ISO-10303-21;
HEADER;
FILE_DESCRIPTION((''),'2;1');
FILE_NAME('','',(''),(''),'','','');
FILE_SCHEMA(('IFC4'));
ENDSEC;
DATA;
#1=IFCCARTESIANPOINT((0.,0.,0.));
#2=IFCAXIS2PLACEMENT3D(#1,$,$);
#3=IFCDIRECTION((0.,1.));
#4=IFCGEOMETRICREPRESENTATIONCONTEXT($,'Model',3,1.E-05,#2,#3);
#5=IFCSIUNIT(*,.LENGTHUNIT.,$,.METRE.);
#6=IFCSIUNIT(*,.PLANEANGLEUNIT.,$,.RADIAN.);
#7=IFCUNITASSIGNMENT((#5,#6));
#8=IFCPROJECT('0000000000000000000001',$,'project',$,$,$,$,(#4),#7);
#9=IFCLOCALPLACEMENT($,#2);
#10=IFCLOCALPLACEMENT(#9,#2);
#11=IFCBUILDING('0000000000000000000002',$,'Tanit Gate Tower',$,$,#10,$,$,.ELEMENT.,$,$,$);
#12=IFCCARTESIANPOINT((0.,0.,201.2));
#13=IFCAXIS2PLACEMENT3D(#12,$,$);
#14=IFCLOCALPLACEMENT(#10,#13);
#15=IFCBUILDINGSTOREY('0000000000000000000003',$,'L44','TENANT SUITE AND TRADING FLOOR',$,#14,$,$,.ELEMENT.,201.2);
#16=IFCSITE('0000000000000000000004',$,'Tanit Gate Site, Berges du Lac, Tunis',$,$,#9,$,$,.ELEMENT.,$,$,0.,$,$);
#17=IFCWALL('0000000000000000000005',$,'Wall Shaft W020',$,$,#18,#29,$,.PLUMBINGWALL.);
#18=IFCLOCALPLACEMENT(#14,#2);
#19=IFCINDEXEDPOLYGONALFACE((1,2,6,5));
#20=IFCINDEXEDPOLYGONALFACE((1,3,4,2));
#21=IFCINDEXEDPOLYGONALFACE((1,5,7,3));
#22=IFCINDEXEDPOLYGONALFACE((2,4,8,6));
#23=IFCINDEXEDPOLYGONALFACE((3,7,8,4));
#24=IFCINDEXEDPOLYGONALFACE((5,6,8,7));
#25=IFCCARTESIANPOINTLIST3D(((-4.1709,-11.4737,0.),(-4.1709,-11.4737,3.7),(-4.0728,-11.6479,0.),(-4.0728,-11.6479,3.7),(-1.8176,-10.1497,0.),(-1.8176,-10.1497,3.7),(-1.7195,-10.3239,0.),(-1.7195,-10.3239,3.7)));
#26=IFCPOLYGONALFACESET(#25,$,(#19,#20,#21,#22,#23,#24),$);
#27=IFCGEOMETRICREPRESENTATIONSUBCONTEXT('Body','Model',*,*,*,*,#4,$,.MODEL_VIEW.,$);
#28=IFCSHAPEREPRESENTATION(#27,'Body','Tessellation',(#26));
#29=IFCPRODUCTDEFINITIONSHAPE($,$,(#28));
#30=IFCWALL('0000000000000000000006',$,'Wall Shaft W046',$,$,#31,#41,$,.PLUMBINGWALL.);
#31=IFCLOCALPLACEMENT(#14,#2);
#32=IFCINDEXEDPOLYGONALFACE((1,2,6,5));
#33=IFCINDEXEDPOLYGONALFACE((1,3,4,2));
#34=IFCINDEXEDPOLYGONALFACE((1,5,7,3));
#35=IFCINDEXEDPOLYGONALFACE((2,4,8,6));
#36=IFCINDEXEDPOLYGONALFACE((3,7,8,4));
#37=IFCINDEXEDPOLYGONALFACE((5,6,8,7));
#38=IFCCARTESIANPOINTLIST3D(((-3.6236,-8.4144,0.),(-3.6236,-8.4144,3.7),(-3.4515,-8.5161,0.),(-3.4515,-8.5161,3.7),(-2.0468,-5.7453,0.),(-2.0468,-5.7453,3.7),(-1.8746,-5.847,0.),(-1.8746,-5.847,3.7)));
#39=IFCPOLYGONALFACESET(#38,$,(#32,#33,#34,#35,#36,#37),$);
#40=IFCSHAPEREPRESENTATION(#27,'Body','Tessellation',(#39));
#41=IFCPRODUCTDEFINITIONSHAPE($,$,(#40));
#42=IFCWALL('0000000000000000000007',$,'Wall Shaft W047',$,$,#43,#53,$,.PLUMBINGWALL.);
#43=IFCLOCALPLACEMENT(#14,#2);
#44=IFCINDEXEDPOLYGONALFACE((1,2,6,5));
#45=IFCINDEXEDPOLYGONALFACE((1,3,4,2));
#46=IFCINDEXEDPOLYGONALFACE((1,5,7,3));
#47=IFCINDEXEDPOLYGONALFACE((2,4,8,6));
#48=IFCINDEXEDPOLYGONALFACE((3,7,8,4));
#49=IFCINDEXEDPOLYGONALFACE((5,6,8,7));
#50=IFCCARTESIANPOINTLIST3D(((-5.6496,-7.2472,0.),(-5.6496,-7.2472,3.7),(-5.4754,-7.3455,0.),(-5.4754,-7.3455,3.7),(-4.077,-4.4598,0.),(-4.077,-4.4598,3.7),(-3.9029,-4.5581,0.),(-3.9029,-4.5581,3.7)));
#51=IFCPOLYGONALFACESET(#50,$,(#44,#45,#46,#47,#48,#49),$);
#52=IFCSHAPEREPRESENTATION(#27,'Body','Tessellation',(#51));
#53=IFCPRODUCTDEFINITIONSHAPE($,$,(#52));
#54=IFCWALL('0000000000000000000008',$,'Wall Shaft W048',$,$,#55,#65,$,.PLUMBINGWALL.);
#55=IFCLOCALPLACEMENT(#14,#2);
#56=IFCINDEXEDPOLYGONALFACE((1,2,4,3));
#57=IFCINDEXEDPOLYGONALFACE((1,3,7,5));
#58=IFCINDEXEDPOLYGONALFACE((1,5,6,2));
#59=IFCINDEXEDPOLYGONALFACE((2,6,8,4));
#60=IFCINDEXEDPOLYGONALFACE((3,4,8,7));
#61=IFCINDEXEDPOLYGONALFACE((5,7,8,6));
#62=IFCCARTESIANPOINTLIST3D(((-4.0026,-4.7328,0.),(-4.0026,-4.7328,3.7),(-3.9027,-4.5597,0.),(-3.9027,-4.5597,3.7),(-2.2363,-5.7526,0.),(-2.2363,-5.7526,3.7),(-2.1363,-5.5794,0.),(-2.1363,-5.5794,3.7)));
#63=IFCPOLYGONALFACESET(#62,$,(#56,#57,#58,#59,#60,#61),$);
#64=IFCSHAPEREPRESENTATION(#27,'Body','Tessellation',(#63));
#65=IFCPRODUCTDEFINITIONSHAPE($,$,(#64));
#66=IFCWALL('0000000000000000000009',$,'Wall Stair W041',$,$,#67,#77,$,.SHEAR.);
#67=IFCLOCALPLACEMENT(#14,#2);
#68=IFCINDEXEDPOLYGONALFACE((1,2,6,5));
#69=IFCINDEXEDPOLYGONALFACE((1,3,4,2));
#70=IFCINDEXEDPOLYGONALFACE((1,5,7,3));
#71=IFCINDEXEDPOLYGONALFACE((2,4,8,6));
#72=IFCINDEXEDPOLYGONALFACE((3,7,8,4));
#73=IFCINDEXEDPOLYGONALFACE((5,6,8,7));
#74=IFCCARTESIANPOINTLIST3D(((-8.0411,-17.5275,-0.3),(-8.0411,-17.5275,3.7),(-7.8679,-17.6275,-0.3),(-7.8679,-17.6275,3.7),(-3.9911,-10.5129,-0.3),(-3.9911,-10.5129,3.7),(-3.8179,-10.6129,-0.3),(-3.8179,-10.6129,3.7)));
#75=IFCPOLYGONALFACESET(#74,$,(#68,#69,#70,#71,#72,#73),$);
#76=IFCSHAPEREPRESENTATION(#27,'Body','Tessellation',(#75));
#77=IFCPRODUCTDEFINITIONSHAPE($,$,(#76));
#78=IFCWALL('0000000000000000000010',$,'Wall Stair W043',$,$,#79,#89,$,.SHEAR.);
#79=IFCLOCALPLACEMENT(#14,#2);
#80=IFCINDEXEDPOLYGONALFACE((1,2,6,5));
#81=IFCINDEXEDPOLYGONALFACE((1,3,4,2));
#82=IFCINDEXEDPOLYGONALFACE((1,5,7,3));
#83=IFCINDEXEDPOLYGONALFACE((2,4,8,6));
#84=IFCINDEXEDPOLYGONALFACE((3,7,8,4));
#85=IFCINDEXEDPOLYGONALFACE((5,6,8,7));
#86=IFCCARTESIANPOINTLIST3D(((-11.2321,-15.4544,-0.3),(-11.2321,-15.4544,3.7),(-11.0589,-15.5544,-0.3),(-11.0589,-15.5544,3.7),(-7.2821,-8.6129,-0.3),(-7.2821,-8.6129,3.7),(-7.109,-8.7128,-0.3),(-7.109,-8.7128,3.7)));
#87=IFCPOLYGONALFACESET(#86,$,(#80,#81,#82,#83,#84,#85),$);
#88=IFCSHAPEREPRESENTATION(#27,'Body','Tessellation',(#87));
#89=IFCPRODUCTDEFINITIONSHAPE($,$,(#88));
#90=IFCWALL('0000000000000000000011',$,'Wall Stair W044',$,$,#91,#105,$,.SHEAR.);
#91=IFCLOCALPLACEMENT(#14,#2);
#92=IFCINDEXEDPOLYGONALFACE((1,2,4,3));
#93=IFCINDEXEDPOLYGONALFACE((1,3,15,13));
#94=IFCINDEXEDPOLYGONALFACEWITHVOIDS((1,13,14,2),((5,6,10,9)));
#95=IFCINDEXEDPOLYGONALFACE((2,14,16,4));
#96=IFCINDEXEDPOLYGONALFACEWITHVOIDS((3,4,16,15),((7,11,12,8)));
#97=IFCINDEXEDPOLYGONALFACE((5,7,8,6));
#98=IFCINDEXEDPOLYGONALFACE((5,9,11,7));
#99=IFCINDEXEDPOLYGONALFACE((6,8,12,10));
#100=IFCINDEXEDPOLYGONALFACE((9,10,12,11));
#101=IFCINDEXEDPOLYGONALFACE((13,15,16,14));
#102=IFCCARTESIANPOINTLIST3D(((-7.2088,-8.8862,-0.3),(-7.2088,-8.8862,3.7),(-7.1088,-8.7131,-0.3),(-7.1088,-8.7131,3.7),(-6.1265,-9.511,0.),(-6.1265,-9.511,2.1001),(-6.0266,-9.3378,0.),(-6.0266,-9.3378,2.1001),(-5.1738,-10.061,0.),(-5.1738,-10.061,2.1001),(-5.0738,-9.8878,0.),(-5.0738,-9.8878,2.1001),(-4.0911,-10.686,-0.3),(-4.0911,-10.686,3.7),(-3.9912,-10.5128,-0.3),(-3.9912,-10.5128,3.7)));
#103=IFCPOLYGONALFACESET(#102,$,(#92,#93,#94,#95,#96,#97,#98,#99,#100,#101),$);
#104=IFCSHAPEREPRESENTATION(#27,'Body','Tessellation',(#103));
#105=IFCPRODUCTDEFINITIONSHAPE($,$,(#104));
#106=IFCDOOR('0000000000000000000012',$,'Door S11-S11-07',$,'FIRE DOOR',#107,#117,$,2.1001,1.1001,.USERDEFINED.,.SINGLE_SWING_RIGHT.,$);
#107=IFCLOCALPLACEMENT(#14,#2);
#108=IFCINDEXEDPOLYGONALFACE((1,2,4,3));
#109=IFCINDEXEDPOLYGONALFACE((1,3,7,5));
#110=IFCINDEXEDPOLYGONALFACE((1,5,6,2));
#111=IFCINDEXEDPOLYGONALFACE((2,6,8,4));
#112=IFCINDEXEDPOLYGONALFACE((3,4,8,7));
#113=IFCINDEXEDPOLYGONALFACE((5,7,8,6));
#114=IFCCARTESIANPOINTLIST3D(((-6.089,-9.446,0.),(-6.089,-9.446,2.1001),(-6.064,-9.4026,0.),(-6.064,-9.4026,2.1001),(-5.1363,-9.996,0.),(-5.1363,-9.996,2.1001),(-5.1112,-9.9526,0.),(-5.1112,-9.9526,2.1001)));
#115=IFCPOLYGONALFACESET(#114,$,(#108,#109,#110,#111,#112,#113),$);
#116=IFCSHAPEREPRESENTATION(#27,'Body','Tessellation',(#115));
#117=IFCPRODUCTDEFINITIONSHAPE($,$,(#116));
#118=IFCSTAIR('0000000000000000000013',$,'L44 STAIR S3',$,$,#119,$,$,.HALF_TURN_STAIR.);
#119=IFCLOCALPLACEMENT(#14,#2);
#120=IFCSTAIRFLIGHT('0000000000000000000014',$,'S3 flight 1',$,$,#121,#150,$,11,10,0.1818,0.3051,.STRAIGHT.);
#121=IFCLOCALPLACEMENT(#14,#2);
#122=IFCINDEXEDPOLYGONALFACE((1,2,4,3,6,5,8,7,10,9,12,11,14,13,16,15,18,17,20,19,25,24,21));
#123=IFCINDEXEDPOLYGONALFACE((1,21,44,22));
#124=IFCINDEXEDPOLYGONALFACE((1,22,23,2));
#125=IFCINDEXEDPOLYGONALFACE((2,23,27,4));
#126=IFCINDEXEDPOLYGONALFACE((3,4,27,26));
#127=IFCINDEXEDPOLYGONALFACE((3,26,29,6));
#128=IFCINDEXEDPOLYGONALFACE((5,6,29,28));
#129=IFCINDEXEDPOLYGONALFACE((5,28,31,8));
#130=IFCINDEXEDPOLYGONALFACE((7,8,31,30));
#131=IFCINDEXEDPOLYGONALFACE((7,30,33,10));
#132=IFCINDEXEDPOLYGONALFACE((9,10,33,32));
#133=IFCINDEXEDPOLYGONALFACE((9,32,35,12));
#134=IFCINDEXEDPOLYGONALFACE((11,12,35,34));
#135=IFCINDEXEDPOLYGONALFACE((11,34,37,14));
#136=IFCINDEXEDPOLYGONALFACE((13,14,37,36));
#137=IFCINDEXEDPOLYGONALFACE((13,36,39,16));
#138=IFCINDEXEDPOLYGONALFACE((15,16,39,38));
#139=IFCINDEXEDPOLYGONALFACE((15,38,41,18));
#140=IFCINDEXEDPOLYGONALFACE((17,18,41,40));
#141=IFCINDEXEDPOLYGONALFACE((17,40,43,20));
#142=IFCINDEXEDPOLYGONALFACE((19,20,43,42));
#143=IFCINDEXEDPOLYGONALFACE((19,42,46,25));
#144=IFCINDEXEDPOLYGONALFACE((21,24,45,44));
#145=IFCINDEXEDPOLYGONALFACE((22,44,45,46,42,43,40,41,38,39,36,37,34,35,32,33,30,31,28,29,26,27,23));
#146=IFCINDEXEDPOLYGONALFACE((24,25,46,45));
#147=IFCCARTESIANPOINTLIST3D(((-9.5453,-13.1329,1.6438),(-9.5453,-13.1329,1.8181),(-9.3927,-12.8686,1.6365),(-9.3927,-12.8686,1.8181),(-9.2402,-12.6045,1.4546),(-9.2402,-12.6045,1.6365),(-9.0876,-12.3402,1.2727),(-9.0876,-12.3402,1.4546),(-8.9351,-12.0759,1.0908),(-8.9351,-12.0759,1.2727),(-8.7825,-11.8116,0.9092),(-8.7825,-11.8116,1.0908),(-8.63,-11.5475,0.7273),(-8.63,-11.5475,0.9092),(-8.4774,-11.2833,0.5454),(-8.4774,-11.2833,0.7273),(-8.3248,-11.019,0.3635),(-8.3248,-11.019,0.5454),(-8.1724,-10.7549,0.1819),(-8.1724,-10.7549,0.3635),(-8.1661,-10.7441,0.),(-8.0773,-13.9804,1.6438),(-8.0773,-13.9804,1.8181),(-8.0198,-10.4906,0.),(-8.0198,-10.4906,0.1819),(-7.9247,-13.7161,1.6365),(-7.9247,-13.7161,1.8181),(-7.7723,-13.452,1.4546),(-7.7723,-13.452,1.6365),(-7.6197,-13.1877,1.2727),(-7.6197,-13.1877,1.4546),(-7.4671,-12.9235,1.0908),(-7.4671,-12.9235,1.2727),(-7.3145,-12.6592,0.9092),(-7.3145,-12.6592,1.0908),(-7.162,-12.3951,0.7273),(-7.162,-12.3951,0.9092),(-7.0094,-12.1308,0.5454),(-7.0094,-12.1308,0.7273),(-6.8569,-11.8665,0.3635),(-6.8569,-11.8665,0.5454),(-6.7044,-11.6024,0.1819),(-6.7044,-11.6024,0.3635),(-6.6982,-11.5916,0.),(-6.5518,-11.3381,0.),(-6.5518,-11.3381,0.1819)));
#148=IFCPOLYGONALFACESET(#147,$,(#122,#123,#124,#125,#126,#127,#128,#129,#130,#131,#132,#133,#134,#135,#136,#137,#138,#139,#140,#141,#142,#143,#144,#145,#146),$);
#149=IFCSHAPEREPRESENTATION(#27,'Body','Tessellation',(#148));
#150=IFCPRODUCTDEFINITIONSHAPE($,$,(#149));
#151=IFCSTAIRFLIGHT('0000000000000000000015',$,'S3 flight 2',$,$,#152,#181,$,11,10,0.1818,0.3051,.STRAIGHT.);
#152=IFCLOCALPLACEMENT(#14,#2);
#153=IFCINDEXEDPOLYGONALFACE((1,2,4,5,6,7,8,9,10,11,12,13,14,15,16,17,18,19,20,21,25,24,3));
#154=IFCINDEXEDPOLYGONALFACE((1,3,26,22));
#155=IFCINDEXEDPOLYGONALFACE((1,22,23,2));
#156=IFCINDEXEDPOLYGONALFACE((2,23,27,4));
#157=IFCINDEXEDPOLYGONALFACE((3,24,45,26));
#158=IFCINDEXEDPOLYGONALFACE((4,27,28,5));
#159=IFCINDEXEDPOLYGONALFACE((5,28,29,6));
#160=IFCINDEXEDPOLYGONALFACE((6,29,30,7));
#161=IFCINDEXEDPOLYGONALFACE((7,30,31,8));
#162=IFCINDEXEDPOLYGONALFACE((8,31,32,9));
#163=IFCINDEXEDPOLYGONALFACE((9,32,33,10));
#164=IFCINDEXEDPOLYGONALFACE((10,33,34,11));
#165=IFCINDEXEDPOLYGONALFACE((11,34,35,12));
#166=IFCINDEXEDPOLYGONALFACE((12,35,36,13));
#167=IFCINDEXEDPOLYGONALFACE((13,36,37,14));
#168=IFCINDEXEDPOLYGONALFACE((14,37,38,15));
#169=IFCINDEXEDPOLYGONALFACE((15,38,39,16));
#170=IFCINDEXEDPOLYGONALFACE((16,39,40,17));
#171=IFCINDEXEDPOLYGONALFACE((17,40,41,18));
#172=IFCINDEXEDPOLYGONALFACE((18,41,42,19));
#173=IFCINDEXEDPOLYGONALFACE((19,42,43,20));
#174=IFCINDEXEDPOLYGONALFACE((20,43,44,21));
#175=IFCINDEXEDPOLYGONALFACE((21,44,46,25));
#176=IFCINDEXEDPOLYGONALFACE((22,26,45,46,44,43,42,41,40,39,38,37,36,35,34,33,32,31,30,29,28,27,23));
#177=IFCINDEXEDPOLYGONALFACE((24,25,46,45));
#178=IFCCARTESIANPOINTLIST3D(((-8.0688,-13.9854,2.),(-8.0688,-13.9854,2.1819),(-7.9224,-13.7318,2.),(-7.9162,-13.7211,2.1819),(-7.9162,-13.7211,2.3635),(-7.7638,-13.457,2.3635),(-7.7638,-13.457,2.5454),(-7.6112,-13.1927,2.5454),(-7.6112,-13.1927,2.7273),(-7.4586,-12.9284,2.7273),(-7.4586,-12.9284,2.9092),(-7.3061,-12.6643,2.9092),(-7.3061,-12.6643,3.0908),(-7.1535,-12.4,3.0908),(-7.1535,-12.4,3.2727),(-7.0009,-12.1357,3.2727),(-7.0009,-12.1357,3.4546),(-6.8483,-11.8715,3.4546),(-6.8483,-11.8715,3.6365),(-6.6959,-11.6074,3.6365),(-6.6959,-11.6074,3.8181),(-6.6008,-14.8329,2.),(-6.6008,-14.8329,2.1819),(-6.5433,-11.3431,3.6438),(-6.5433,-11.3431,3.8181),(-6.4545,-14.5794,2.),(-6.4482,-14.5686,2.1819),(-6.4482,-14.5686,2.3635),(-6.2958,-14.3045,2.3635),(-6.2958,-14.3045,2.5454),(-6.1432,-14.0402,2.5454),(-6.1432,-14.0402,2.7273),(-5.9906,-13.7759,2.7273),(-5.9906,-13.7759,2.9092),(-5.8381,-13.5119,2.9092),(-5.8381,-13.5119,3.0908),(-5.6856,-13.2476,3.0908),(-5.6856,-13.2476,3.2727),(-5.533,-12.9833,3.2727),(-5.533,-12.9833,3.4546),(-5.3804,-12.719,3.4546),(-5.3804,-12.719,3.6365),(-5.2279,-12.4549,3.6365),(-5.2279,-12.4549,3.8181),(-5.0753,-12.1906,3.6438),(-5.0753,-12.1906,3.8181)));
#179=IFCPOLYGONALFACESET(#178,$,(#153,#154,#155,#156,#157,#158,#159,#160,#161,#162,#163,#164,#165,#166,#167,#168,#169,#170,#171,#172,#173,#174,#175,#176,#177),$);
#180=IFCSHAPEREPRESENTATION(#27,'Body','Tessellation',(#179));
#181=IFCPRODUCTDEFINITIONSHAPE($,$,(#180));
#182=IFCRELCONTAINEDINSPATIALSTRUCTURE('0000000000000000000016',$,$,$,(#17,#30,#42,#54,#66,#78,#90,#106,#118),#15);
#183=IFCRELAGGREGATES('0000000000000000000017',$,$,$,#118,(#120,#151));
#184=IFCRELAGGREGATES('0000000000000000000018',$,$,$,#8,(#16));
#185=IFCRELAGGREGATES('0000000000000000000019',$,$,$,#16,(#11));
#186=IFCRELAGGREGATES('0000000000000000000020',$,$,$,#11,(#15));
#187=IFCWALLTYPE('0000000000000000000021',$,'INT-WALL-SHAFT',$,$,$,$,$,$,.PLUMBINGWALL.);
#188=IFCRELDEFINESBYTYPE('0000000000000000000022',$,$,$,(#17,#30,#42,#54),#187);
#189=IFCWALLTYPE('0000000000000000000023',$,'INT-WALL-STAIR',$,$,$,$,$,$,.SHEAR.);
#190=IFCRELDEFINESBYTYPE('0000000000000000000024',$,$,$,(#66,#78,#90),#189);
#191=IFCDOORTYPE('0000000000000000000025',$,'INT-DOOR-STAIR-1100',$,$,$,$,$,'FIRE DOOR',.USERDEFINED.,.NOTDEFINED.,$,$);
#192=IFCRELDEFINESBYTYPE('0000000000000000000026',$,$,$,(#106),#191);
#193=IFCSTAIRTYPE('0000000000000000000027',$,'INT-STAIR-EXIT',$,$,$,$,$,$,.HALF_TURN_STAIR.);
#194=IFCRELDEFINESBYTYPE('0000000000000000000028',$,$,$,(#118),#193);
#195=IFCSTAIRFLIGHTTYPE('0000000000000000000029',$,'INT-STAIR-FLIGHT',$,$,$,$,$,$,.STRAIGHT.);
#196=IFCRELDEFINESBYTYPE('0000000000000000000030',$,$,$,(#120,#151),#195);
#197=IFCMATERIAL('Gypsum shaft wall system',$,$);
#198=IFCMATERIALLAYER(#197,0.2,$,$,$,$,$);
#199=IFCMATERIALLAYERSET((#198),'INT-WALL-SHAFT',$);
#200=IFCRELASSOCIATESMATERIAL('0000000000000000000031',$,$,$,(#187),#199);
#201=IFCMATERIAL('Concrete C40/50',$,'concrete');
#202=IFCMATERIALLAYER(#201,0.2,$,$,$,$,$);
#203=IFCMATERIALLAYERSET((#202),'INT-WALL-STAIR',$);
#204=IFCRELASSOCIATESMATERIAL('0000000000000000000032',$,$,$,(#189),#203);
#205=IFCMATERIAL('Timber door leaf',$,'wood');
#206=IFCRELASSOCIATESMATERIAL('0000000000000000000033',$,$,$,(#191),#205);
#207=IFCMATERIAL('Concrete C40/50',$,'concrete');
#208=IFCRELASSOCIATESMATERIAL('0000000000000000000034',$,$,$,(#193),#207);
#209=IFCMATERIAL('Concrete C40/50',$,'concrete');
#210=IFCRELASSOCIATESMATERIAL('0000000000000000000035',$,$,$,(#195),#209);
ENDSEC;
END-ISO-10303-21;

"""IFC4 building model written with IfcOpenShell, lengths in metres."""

from ifc_helpers import new_model, si_unit, direction, frame, frame_2d, origin, place, context, subcontext, project, spatial, polyline, rectangle, outline, extrude, material, layer, layer_set, type_object, element, fill, aggregate, save


model = new_model("IFC4")

# Units and contexts
model_context = context("Model", 3, precision=1e-05, world=origin(), true_north=direction((0.0, 1.0)))
body_context = subcontext(model_context, "Body", "Model", "MODEL_VIEW")
ifc_project = project(units=[si_unit("LENGTHUNIT", "METRE"), si_unit("PLANEANGLEUNIT", "RADIAN")], contexts=[model_context])

# Site, building, storey
site_placement = place(None, origin())
site = spatial("IfcSite", under=ifc_project, at=site_placement, Name="Tanit Gate Site, Berges du Lac, Tunis", CompositionType="ELEMENT", RefElevation=0.0)
building_placement = place(site_placement, origin())
building = spatial("IfcBuilding", under=site, at=building_placement, Name="Tanit Gate Tower", CompositionType="ELEMENT")
storey_placement = place(building_placement, frame((0.0, 0.0, 201.2)))
storey = spatial("IfcBuildingStorey", under=building, at=storey_placement, Name="L44", Description="TENANT SUITE AND TRADING FLOOR", CompositionType="ELEMENT", Elevation=201.2)

# Wall
ifc_material_1 = material(Name="Gypsum shaft wall system")
ifc_layer_1 = layer(ifc_material_1, 0.2)
ifc_layer_set_1 = layer_set([ifc_layer_1], Name="INT-WALL-SHAFT")
wall_type_1 = type_object("IfcWallType", Name="INT-WALL-SHAFT", PredefinedType="PLUMBINGWALL", material=ifc_layer_set_1)
wall_1_placement = place(storey_placement, frame((-1.7686, -10.2368, 0.0), z_axis=(0.0, 0.0, 1.0), x_axis=(-0.871534, -0.490334, 0.0)))
element("IfcWall", 1, at=wall_1_placement, inside=storey, type_object=wall_type_1, Name="Wall Shaft W020", PredefinedType="PLUMBINGWALL", context=body_context, shape_type="SweptSolid", body=[
    extrude(rectangle(XDim=2.7002, YDim=0.2, at=frame_2d((1.3501, 0.0))), origin(), (0.0, 0.0, 1.0), 3.7),
])

# Walls
wall_2_placement = place(storey_placement, frame((-1.9607, -5.7961, 0.0), z_axis=(0.0, 0.0, 1.0), x_axis=(-0.508647, -0.860975, 0.0)))
element("IfcWall", 2, at=wall_2_placement, inside=storey, type_object=wall_type_1, Name="Wall Shaft W046", PredefinedType="PLUMBINGWALL", context=body_context, shape_type="SweptSolid", body=[
    extrude(rectangle(XDim=3.1001, YDim=0.2, at=frame_2d((1.55, 0.0))), origin(), (0.0, 0.0, 1.0), 3.7),
])
wall_3_placement = place(storey_placement, frame((-3.99, -4.509, 0.0), z_axis=(0.0, 0.0, 1.0), x_axis=(-0.491358, -0.870958, 0.0)))
element("IfcWall", 3, at=wall_3_placement, inside=storey, type_object=wall_type_1, Name="Wall Shaft W047", PredefinedType="PLUMBINGWALL", context=body_context, shape_type="SweptSolid", body=[
    extrude(rectangle(XDim=3.2004, YDim=0.2, at=frame_2d((1.6001, 0.0))), origin(), (0.0, 0.0, 1.0), 3.7),
])
wall_4_placement = place(storey_placement, frame((-3.9526, -4.6462, 0.0), z_axis=(0.0, 0.0, 1.0), x_axis=(0.866032, -0.499988, 0.0)))
element("IfcWall", 4, at=wall_4_placement, inside=storey, type_object=wall_type_1, Name="Wall Shaft W048", PredefinedType="PLUMBINGWALL", context=body_context, shape_type="SweptSolid", body=[
    extrude(rectangle(XDim=2.0396, YDim=0.2, at=frame_2d((1.0198, 0.0))), origin(), (0.0, 0.0, 1.0), 3.7),
])
ifc_material_2 = material(Name="Concrete C40/50", Category="concrete")
ifc_layer_2 = layer(ifc_material_2, 0.2)
ifc_layer_set_2 = layer_set([ifc_layer_2], Name="INT-WALL-STAIR")
wall_type_2 = type_object("IfcWallType", Name="INT-WALL-STAIR", PredefinedType="SHEAR", material=ifc_layer_set_2)
wall_5_placement = place(storey_placement, frame((-3.9045, -10.563, -0.3), z_axis=(0.0, 0.0, 1.0), x_axis=(-0.500013, -0.866018, 0.0)))
element("IfcWall", 5, at=wall_5_placement, inside=storey, type_object=wall_type_2, Name="Wall Stair W041", PredefinedType="SHEAR", context=body_context, shape_type="SweptSolid", body=[
    extrude(rectangle(XDim=8.0999, YDim=0.2, at=frame_2d((4.0498, 0.0))), origin(), (0.0, 0.0, 1.0), 4.0),
])
wall_6_placement = place(storey_placement, frame((-7.1956, -8.6628, -0.3), z_axis=(0.0, 0.0, 1.0), x_axis=(-0.499998, -0.866027, 0.0)))
element("IfcWall", 6, at=wall_6_placement, inside=storey, type_object=wall_type_2, Name="Wall Stair W043", PredefinedType="SHEAR", context=body_context, shape_type="SweptSolid", body=[
    extrude(rectangle(XDim=7.8999, YDim=0.2, at=frame_2d((3.95, 0.0))), origin(), (0.0, 0.0, 1.0), 4.0),
])

# Wall, opening, door
wall_7_placement = place(storey_placement, frame((-4.0413, -10.5994, -0.3), z_axis=(0.0, 0.0, 1.0), x_axis=(-0.866048, 0.499961, 0.0)))
wall_7 = element("IfcWall", 7, at=wall_7_placement, inside=storey, type_object=wall_type_2, Name="Wall Stair W044", PredefinedType="SHEAR", context=body_context, shape_type="SweptSolid", body=[
    extrude(rectangle(XDim=3.5999, YDim=0.2, at=frame_2d((1.7998, 0.0))), origin(), (0.0, 0.0, 1.0), 4.0),
])
opening_1_placement = place(wall_7_placement, frame((1.25, 0.0, 0.3)))
opening_1 = element("IfcOpeningElement", 8, at=opening_1_placement, cuts=wall_7, PredefinedType="OPENING", context=body_context, shape_type="SweptSolid", body=[
    extrude(rectangle(XDim=1.1001, YDim=2.1001, at=frame_2d((0.55, 1.05))), frame((0.0, 0.1099, 0.0), z_axis=(0.0, -1.0, 0.0), x_axis=(1.0, 0.0, 0.0)), (0.0, 0.0, 1.0), 0.22),
])
ifc_material_3 = material(Name="Timber door leaf", Category="wood")
door_type_1 = type_object("IfcDoorType", Name="INT-DOOR-STAIR-1100", ElementType="FIRE DOOR", OperationType="NOTDEFINED", PredefinedType="USERDEFINED", material=ifc_material_3)
door_1_placement = place(opening_1_placement, origin())
door_1 = element("IfcDoor", 9, at=door_1_placement, inside=storey, type_object=door_type_1, Name="Door S11-S11-07", ObjectType="FIRE DOOR", OperationType="SINGLE_SWING_RIGHT", OverallHeight=2.1001, OverallWidth=1.1001, PredefinedType="USERDEFINED", context=body_context, shape_type="SweptSolid", body=[
    extrude(rectangle(XDim=1.1001, YDim=2.1001, at=frame_2d((0.55, 1.05))), frame((0.0, 0.0249, 0.0), z_axis=(0.0, -1.0, 0.0), x_axis=(1.0, 0.0, 0.0)), (0.0, 0.0, 1.0), 0.05),
])
fill(opening_1, door_1)

# Stair, stair flights
ifc_material_4 = material(Name="Concrete C40/50", Category="concrete")
stair_type = type_object("IfcStairType", Name="INT-STAIR-EXIT", PredefinedType="HALF_TURN_STAIR", material=ifc_material_4)
stair_placement = place(storey_placement, origin())
stair = element("IfcStair", 10, at=stair_placement, inside=storey, type_object=stair_type, Name="L44 STAIR S3", PredefinedType="HALF_TURN_STAIR")
ifc_material_5 = material(Name="Concrete C40/50", Category="concrete")
stair_flight_type = type_object("IfcStairFlightType", Name="INT-STAIR-FLIGHT", PredefinedType="STRAIGHT", material=ifc_material_5)
stair_flight_1_placement = place(storey_placement, frame((-7.2859, -10.9143, 0.0), z_axis=(0.0, 0.0, 1.0), x_axis=(-0.5, -0.866025, 0.0)))
stair_flight_1 = element("IfcStairFlight", 11, at=stair_flight_1_placement, type_object=stair_flight_type, Name="S3 flight 1", NumberOfRisers=11, NumberOfTreads=10, PredefinedType="STRAIGHT", RiserHeight=0.1818, TreadLength=0.3051, context=body_context, shape_type="SweptSolid", body=[
    extrude(outline(polyline([(0.0, 0.0), (0.0, 0.1819), (0.3052, 0.1819), (0.3052, 0.3635), (0.6101, 0.3635), (0.6101, 0.5454), (0.9153, 0.5454), (0.9153, 0.7273), (1.2205, 0.7273), (1.2205, 0.9092), (1.5254, 0.9092), (1.5254, 1.0908), (1.8306, 1.0908), (1.8306, 1.2727), (2.1357, 1.2727), (2.1357, 1.4546), (2.4409, 1.4546), (2.4409, 1.6365), (2.7458, 1.6365), (2.7458, 1.8181), (3.051, 1.8181), (3.051, 2.0), (3.051, 1.6438), (0.2927, 0.0), (0.0, 0.0)])), frame((0.0, 0.8477, 0.0), z_axis=(0.0, -1.0, 0.0), x_axis=(1.0, 0.0, 0.0)), (0.0, 0.0, 1.0), 1.6951),
])
stair_flight_2_placement = place(storey_placement, frame((-7.3347, -14.4092, 2.0), z_axis=(0.0, 0.0, 1.0), x_axis=(0.5, 0.866025, 0.0)))
stair_flight_2 = element("IfcStairFlight", 12, at=stair_flight_2_placement, type_object=stair_flight_type, Name="S3 flight 2", NumberOfRisers=11, NumberOfTreads=10, PredefinedType="STRAIGHT", RiserHeight=0.1818, TreadLength=0.3051, context=body_context, shape_type="SweptSolid", body=[
    extrude(outline(polyline([(0.0, 0.0), (0.0, 0.1819), (0.3052, 0.1819), (0.3052, 0.3635), (0.6101, 0.3635), (0.6101, 0.5454), (0.9153, 0.5454), (0.9153, 0.7273), (1.2205, 0.7273), (1.2205, 0.9092), (1.5254, 0.9092), (1.5254, 1.0908), (1.8306, 1.0908), (1.8306, 1.2727), (2.1357, 1.2727), (2.1357, 1.4546), (2.4409, 1.4546), (2.4409, 1.6365), (2.7458, 1.6365), (2.7458, 1.8181), (3.051, 1.8181), (3.051, 2.0), (3.051, 1.6438), (0.2927, 0.0), (0.0, 0.0)])), frame((0.0, 0.8477, 0.0), z_axis=(0.0, -1.0, 0.0), x_axis=(1.0, 0.0, 0.0)), (0.0, 0.0, 1.0), 1.6951),
])
aggregate(stair, [stair_flight_1, stair_flight_2])

save(model, "model.ifc")
